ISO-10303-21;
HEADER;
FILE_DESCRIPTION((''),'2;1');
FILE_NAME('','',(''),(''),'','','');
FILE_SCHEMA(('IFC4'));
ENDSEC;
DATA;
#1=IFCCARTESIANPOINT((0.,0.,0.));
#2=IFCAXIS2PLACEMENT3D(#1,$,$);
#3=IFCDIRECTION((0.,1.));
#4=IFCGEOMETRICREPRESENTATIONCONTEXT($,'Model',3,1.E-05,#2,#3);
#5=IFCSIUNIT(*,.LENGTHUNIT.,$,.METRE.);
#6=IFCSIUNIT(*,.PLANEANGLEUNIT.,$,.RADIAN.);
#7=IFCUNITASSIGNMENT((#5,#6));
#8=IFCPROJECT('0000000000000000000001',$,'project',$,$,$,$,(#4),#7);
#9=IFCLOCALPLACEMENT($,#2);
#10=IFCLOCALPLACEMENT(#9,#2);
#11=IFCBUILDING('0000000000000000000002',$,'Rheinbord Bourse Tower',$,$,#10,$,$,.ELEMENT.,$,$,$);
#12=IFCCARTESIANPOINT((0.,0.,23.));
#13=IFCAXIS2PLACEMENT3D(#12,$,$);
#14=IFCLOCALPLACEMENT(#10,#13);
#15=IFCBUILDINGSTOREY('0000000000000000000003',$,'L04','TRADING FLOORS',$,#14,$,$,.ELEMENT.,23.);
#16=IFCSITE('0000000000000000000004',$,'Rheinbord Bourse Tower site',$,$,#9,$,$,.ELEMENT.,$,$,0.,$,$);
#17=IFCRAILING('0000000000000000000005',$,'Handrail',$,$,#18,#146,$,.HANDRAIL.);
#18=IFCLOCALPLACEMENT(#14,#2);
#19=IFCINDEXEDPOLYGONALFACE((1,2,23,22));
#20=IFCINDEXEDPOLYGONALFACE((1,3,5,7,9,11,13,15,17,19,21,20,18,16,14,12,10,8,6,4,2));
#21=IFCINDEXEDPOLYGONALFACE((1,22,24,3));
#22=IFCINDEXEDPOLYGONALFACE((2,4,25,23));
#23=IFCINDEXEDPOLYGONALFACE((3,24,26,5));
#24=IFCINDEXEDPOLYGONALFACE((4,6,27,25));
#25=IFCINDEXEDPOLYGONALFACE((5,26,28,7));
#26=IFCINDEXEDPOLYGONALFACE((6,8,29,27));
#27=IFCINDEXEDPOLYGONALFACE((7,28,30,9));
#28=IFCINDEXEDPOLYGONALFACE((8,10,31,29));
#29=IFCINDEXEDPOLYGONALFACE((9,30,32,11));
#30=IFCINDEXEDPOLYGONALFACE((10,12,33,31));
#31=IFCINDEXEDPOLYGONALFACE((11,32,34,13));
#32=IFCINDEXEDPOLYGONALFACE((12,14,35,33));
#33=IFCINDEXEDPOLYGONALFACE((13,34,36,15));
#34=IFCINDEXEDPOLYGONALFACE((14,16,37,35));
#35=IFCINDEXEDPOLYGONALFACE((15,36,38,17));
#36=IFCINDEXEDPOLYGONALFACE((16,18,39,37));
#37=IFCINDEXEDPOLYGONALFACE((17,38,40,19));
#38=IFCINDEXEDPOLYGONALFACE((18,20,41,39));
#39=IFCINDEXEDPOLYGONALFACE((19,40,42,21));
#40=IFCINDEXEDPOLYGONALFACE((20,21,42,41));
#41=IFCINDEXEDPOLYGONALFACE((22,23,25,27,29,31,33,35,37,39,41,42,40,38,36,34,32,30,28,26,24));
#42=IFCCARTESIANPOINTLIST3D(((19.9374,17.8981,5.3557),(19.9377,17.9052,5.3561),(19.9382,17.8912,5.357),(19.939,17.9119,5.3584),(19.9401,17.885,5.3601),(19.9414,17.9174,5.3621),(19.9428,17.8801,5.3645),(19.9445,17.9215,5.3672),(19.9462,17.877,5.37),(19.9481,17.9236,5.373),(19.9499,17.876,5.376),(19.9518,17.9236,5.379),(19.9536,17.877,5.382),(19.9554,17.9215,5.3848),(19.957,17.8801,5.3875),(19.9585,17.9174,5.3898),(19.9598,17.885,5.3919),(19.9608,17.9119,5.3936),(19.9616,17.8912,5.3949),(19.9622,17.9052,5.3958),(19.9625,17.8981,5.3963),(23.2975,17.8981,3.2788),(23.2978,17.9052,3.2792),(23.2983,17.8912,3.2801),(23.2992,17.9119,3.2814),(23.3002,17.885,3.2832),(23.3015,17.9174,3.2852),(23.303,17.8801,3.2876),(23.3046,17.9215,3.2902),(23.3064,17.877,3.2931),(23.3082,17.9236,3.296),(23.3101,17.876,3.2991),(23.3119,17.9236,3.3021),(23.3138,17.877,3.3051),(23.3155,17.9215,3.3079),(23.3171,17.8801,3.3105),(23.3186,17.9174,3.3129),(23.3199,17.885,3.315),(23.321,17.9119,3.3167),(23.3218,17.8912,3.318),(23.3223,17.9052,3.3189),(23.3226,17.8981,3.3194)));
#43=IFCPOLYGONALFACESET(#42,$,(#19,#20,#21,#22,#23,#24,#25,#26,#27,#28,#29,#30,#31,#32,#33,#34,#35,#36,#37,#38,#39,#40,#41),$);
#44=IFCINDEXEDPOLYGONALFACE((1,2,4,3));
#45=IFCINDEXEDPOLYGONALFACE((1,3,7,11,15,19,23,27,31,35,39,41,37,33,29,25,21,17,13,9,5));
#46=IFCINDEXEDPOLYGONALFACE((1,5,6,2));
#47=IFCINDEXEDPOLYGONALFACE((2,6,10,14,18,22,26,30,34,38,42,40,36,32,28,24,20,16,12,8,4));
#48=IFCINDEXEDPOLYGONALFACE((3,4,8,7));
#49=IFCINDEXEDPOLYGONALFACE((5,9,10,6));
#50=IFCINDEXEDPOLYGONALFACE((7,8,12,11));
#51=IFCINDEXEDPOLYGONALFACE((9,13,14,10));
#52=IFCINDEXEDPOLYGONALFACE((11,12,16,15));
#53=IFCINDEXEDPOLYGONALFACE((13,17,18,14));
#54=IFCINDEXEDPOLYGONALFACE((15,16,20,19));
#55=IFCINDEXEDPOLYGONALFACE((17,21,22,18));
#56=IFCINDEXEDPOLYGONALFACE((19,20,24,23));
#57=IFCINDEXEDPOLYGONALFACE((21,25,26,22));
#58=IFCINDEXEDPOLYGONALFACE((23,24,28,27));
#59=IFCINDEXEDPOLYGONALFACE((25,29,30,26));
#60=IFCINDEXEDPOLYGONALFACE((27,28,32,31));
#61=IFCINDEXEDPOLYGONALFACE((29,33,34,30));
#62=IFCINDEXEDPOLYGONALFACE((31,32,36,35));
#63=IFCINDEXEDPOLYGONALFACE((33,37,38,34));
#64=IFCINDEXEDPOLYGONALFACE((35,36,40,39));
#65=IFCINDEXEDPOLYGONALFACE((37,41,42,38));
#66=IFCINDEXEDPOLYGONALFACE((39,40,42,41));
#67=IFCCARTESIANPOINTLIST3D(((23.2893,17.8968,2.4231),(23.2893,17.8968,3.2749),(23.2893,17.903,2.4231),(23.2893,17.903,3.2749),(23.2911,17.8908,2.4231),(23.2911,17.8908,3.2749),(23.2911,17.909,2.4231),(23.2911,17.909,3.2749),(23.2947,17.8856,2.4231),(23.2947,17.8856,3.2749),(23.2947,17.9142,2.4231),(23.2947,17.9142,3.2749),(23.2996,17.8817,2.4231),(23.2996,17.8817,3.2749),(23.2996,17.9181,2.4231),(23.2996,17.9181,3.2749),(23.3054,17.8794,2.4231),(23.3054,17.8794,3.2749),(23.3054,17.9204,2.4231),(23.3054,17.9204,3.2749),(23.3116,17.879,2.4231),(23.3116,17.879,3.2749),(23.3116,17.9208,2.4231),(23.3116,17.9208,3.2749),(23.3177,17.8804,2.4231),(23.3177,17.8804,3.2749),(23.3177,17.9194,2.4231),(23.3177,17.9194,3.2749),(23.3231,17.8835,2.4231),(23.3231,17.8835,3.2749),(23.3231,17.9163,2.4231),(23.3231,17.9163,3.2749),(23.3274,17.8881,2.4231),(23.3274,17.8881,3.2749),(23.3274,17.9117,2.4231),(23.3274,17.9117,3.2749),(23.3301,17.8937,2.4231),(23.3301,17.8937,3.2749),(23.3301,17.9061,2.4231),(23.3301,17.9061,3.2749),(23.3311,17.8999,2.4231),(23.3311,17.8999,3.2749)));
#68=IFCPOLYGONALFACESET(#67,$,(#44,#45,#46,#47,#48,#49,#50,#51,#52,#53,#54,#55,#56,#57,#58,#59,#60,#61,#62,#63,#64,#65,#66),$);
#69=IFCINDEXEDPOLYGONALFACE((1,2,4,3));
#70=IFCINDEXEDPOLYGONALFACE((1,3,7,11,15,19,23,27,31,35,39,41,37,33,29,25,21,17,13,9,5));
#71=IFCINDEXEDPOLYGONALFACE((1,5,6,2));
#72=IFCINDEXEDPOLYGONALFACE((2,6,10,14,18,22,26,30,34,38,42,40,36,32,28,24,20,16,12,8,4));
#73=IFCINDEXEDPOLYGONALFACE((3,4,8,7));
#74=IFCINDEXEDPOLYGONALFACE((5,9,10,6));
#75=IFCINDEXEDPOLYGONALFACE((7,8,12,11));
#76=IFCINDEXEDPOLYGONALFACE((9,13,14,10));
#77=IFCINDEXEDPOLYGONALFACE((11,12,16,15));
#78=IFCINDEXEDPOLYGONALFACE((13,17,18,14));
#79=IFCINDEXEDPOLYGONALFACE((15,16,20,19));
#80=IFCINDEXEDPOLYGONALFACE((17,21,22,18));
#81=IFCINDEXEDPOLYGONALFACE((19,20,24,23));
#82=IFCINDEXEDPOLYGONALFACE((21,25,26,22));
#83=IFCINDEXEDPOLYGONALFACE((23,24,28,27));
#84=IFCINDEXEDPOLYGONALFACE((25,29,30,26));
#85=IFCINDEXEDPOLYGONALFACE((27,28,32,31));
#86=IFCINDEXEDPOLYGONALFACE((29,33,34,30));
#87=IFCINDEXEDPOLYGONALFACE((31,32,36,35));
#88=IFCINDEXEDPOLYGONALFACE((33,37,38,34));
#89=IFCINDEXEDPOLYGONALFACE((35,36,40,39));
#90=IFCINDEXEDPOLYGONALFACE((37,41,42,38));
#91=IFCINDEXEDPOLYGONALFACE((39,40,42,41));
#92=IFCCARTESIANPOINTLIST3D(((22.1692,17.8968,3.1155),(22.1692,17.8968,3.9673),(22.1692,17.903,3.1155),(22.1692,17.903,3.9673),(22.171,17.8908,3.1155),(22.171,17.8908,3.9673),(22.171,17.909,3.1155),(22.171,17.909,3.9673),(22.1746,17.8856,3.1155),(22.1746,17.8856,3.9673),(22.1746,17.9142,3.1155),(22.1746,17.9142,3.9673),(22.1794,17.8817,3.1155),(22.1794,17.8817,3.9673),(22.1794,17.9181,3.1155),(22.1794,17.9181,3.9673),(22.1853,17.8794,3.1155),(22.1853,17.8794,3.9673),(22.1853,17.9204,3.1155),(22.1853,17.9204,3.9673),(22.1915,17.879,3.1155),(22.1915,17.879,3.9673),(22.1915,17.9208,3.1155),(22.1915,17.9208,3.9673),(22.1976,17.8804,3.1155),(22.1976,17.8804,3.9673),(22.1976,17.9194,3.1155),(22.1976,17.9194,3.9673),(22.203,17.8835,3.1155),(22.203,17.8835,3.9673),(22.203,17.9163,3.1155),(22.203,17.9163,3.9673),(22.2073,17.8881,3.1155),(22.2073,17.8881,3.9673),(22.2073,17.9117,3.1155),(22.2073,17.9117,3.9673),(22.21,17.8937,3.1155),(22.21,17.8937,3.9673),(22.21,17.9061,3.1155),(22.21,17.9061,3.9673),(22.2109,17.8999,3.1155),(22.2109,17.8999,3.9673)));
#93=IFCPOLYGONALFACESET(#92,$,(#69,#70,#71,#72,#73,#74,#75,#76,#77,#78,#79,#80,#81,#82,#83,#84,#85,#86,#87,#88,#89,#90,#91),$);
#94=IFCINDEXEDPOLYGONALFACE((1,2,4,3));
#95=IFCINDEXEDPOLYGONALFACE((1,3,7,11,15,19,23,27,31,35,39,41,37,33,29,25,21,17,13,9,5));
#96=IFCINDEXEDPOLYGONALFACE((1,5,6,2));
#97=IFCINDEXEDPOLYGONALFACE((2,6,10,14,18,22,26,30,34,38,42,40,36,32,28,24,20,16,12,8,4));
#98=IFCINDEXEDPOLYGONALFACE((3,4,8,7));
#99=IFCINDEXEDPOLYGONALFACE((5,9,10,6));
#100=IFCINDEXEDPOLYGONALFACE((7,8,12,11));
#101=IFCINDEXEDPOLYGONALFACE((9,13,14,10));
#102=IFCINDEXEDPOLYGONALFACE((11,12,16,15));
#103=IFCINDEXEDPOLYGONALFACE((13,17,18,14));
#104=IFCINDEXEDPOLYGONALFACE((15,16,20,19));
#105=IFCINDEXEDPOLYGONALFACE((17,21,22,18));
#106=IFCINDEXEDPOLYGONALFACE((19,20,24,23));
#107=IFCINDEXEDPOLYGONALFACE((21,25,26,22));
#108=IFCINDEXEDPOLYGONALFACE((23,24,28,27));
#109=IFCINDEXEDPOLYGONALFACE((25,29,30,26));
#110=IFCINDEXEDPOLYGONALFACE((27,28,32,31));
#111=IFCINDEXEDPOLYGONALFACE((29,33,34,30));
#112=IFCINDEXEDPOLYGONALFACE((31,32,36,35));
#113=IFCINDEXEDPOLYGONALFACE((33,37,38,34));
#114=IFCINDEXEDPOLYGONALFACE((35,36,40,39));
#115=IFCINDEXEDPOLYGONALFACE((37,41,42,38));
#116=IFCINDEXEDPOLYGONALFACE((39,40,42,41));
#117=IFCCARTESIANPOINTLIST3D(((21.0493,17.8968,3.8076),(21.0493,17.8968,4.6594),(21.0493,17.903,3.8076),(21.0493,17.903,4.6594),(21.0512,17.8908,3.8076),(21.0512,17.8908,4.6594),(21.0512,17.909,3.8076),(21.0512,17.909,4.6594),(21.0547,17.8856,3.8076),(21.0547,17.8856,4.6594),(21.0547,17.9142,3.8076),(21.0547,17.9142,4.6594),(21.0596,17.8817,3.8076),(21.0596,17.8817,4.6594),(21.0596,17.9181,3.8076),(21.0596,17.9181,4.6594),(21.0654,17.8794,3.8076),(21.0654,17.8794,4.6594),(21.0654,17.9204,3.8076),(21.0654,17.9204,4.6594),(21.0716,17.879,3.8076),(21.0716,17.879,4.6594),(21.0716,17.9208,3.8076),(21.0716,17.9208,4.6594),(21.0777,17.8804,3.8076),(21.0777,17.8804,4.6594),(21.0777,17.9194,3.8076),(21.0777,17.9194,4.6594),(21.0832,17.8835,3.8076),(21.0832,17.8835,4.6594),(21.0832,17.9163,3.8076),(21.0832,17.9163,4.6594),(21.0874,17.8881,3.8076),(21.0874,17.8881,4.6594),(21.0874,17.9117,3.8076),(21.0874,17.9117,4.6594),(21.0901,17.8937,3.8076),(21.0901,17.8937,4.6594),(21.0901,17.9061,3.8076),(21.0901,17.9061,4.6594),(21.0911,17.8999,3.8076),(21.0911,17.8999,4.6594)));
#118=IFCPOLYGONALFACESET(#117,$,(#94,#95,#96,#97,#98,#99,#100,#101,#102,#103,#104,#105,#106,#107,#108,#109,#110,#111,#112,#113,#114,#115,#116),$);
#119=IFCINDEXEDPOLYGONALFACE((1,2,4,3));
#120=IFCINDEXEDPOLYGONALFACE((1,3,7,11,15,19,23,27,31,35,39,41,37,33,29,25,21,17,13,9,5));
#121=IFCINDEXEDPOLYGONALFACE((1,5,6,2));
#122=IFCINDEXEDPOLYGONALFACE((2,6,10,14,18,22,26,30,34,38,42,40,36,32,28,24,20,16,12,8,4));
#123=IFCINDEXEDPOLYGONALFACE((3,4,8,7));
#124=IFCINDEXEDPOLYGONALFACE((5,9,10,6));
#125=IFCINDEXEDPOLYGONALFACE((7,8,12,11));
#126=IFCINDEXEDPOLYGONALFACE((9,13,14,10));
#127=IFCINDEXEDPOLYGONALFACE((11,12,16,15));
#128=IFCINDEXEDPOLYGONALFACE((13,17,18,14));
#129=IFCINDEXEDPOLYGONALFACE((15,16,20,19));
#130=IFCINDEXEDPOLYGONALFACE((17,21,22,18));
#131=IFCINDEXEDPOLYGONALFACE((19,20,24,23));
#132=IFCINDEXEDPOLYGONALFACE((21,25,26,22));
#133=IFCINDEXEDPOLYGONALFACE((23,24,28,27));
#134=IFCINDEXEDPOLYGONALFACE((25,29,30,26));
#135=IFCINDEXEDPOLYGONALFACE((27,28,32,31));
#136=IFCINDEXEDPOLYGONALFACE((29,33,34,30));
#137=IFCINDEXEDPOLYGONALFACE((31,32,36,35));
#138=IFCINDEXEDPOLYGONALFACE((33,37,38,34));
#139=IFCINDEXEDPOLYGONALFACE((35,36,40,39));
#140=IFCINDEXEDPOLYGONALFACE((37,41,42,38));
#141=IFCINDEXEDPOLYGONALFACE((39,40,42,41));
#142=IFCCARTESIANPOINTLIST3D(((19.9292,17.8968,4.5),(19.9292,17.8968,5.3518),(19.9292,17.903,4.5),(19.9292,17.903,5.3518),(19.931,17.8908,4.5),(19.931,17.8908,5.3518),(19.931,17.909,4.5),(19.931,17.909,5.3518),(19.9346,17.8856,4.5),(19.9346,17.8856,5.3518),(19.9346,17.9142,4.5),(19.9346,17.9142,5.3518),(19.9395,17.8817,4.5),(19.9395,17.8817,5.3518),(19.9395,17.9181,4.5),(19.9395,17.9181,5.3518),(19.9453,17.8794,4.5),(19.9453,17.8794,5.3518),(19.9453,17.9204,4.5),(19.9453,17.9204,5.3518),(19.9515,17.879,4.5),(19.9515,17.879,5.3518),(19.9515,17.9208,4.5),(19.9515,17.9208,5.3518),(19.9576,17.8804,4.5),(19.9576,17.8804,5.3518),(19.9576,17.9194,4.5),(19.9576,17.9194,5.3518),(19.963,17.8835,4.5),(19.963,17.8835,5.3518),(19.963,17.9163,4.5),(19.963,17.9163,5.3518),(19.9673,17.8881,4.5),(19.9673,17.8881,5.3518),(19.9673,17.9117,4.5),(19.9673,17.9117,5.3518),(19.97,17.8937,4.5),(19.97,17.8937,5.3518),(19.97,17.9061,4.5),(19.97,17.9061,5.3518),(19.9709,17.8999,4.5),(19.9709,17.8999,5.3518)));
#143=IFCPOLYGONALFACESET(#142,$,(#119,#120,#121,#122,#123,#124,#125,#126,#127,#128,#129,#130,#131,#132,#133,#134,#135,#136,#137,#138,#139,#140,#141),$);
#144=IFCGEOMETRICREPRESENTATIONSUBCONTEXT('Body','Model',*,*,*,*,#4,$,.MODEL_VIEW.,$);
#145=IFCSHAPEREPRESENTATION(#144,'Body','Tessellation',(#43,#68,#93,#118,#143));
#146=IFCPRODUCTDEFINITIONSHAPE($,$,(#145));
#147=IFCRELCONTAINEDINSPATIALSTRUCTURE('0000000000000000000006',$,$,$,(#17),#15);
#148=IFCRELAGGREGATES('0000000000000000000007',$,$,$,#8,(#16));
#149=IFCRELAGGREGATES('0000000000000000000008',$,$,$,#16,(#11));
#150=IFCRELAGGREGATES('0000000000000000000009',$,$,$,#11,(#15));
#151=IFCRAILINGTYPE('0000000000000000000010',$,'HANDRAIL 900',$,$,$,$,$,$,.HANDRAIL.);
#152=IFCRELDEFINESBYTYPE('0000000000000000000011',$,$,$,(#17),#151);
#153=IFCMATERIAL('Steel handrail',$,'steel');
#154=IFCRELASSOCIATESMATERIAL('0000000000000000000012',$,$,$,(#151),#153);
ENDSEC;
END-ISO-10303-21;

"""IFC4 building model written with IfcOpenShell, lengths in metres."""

from ifc_helpers import new_model, si_unit, direction, frame, origin, origin_2d, place, context, subcontext, project, spatial, circle, extrude, material, type_object, element, save


model = new_model("IFC4")

# Units and contexts
model_context = context("Model", 3, precision=1e-05, world=origin(), true_north=direction((0.0, 1.0)))
body_context = subcontext(model_context, "Body", "Model", "MODEL_VIEW")
ifc_project = project(units=[si_unit("LENGTHUNIT", "METRE"), si_unit("PLANEANGLEUNIT", "RADIAN")], contexts=[model_context])

# Site, building, storey
site_placement = place(None, origin())
site = spatial("IfcSite", under=ifc_project, at=site_placement, Name="Rheinbord Bourse Tower site", CompositionType="ELEMENT", RefElevation=0.0)
building_placement = place(site_placement, origin())
building = spatial("IfcBuilding", under=site, at=building_placement, Name="Rheinbord Bourse Tower", CompositionType="ELEMENT")
storey_placement = place(building_placement, frame((0.0, 0.0, 23.0)))
storey = spatial("IfcBuildingStorey", under=building, at=storey_placement, Name="L04", Description="TRADING FLOORS", CompositionType="ELEMENT", Elevation=23.0)

# Railing
ifc_material_1 = material(Name="Steel handrail", Category="steel")
railing_type = type_object("IfcRailingType", Name="HANDRAIL 900", PredefinedType="HANDRAIL", material=ifc_material_1)
railing_1_placement = place(storey_placement, frame((23.3101, 17.8999, 2.4231)))
element("IfcRailing", 1, at=railing_1_placement, inside=storey, type_object=railing_type, Name="Handrail", PredefinedType="HANDRAIL", context=body_context, shape_type="SweptSolid", body=[
    extrude(circle(Radius=0.0239, at=origin_2d()), frame((0.0, 0.0, 0.876), z_axis=(-0.850623, 0.0, 0.525776), x_axis=(0.0, -1.0, 0.0)), (0.0, 0.0, 1.0), 3.9502),
    extrude(circle(Radius=0.021, at=origin_2d()), origin(), (0.0, 0.0, 1.0), 0.8518),
    extrude(circle(Radius=0.021, at=origin_2d()), frame((-1.1201, 0.0, 0.6924)), (0.0, 0.0, 1.0), 0.8518),
    extrude(circle(Radius=0.021, at=origin_2d()), frame((-2.24, 0.0, 1.3845)), (0.0, 0.0, 1.0), 0.8518),
    extrude(circle(Radius=0.021, at=origin_2d()), frame((-3.3601, 0.0, 2.0769)), (0.0, 0.0, 1.0), 0.8518),
])

save(model, "model.ifc")
